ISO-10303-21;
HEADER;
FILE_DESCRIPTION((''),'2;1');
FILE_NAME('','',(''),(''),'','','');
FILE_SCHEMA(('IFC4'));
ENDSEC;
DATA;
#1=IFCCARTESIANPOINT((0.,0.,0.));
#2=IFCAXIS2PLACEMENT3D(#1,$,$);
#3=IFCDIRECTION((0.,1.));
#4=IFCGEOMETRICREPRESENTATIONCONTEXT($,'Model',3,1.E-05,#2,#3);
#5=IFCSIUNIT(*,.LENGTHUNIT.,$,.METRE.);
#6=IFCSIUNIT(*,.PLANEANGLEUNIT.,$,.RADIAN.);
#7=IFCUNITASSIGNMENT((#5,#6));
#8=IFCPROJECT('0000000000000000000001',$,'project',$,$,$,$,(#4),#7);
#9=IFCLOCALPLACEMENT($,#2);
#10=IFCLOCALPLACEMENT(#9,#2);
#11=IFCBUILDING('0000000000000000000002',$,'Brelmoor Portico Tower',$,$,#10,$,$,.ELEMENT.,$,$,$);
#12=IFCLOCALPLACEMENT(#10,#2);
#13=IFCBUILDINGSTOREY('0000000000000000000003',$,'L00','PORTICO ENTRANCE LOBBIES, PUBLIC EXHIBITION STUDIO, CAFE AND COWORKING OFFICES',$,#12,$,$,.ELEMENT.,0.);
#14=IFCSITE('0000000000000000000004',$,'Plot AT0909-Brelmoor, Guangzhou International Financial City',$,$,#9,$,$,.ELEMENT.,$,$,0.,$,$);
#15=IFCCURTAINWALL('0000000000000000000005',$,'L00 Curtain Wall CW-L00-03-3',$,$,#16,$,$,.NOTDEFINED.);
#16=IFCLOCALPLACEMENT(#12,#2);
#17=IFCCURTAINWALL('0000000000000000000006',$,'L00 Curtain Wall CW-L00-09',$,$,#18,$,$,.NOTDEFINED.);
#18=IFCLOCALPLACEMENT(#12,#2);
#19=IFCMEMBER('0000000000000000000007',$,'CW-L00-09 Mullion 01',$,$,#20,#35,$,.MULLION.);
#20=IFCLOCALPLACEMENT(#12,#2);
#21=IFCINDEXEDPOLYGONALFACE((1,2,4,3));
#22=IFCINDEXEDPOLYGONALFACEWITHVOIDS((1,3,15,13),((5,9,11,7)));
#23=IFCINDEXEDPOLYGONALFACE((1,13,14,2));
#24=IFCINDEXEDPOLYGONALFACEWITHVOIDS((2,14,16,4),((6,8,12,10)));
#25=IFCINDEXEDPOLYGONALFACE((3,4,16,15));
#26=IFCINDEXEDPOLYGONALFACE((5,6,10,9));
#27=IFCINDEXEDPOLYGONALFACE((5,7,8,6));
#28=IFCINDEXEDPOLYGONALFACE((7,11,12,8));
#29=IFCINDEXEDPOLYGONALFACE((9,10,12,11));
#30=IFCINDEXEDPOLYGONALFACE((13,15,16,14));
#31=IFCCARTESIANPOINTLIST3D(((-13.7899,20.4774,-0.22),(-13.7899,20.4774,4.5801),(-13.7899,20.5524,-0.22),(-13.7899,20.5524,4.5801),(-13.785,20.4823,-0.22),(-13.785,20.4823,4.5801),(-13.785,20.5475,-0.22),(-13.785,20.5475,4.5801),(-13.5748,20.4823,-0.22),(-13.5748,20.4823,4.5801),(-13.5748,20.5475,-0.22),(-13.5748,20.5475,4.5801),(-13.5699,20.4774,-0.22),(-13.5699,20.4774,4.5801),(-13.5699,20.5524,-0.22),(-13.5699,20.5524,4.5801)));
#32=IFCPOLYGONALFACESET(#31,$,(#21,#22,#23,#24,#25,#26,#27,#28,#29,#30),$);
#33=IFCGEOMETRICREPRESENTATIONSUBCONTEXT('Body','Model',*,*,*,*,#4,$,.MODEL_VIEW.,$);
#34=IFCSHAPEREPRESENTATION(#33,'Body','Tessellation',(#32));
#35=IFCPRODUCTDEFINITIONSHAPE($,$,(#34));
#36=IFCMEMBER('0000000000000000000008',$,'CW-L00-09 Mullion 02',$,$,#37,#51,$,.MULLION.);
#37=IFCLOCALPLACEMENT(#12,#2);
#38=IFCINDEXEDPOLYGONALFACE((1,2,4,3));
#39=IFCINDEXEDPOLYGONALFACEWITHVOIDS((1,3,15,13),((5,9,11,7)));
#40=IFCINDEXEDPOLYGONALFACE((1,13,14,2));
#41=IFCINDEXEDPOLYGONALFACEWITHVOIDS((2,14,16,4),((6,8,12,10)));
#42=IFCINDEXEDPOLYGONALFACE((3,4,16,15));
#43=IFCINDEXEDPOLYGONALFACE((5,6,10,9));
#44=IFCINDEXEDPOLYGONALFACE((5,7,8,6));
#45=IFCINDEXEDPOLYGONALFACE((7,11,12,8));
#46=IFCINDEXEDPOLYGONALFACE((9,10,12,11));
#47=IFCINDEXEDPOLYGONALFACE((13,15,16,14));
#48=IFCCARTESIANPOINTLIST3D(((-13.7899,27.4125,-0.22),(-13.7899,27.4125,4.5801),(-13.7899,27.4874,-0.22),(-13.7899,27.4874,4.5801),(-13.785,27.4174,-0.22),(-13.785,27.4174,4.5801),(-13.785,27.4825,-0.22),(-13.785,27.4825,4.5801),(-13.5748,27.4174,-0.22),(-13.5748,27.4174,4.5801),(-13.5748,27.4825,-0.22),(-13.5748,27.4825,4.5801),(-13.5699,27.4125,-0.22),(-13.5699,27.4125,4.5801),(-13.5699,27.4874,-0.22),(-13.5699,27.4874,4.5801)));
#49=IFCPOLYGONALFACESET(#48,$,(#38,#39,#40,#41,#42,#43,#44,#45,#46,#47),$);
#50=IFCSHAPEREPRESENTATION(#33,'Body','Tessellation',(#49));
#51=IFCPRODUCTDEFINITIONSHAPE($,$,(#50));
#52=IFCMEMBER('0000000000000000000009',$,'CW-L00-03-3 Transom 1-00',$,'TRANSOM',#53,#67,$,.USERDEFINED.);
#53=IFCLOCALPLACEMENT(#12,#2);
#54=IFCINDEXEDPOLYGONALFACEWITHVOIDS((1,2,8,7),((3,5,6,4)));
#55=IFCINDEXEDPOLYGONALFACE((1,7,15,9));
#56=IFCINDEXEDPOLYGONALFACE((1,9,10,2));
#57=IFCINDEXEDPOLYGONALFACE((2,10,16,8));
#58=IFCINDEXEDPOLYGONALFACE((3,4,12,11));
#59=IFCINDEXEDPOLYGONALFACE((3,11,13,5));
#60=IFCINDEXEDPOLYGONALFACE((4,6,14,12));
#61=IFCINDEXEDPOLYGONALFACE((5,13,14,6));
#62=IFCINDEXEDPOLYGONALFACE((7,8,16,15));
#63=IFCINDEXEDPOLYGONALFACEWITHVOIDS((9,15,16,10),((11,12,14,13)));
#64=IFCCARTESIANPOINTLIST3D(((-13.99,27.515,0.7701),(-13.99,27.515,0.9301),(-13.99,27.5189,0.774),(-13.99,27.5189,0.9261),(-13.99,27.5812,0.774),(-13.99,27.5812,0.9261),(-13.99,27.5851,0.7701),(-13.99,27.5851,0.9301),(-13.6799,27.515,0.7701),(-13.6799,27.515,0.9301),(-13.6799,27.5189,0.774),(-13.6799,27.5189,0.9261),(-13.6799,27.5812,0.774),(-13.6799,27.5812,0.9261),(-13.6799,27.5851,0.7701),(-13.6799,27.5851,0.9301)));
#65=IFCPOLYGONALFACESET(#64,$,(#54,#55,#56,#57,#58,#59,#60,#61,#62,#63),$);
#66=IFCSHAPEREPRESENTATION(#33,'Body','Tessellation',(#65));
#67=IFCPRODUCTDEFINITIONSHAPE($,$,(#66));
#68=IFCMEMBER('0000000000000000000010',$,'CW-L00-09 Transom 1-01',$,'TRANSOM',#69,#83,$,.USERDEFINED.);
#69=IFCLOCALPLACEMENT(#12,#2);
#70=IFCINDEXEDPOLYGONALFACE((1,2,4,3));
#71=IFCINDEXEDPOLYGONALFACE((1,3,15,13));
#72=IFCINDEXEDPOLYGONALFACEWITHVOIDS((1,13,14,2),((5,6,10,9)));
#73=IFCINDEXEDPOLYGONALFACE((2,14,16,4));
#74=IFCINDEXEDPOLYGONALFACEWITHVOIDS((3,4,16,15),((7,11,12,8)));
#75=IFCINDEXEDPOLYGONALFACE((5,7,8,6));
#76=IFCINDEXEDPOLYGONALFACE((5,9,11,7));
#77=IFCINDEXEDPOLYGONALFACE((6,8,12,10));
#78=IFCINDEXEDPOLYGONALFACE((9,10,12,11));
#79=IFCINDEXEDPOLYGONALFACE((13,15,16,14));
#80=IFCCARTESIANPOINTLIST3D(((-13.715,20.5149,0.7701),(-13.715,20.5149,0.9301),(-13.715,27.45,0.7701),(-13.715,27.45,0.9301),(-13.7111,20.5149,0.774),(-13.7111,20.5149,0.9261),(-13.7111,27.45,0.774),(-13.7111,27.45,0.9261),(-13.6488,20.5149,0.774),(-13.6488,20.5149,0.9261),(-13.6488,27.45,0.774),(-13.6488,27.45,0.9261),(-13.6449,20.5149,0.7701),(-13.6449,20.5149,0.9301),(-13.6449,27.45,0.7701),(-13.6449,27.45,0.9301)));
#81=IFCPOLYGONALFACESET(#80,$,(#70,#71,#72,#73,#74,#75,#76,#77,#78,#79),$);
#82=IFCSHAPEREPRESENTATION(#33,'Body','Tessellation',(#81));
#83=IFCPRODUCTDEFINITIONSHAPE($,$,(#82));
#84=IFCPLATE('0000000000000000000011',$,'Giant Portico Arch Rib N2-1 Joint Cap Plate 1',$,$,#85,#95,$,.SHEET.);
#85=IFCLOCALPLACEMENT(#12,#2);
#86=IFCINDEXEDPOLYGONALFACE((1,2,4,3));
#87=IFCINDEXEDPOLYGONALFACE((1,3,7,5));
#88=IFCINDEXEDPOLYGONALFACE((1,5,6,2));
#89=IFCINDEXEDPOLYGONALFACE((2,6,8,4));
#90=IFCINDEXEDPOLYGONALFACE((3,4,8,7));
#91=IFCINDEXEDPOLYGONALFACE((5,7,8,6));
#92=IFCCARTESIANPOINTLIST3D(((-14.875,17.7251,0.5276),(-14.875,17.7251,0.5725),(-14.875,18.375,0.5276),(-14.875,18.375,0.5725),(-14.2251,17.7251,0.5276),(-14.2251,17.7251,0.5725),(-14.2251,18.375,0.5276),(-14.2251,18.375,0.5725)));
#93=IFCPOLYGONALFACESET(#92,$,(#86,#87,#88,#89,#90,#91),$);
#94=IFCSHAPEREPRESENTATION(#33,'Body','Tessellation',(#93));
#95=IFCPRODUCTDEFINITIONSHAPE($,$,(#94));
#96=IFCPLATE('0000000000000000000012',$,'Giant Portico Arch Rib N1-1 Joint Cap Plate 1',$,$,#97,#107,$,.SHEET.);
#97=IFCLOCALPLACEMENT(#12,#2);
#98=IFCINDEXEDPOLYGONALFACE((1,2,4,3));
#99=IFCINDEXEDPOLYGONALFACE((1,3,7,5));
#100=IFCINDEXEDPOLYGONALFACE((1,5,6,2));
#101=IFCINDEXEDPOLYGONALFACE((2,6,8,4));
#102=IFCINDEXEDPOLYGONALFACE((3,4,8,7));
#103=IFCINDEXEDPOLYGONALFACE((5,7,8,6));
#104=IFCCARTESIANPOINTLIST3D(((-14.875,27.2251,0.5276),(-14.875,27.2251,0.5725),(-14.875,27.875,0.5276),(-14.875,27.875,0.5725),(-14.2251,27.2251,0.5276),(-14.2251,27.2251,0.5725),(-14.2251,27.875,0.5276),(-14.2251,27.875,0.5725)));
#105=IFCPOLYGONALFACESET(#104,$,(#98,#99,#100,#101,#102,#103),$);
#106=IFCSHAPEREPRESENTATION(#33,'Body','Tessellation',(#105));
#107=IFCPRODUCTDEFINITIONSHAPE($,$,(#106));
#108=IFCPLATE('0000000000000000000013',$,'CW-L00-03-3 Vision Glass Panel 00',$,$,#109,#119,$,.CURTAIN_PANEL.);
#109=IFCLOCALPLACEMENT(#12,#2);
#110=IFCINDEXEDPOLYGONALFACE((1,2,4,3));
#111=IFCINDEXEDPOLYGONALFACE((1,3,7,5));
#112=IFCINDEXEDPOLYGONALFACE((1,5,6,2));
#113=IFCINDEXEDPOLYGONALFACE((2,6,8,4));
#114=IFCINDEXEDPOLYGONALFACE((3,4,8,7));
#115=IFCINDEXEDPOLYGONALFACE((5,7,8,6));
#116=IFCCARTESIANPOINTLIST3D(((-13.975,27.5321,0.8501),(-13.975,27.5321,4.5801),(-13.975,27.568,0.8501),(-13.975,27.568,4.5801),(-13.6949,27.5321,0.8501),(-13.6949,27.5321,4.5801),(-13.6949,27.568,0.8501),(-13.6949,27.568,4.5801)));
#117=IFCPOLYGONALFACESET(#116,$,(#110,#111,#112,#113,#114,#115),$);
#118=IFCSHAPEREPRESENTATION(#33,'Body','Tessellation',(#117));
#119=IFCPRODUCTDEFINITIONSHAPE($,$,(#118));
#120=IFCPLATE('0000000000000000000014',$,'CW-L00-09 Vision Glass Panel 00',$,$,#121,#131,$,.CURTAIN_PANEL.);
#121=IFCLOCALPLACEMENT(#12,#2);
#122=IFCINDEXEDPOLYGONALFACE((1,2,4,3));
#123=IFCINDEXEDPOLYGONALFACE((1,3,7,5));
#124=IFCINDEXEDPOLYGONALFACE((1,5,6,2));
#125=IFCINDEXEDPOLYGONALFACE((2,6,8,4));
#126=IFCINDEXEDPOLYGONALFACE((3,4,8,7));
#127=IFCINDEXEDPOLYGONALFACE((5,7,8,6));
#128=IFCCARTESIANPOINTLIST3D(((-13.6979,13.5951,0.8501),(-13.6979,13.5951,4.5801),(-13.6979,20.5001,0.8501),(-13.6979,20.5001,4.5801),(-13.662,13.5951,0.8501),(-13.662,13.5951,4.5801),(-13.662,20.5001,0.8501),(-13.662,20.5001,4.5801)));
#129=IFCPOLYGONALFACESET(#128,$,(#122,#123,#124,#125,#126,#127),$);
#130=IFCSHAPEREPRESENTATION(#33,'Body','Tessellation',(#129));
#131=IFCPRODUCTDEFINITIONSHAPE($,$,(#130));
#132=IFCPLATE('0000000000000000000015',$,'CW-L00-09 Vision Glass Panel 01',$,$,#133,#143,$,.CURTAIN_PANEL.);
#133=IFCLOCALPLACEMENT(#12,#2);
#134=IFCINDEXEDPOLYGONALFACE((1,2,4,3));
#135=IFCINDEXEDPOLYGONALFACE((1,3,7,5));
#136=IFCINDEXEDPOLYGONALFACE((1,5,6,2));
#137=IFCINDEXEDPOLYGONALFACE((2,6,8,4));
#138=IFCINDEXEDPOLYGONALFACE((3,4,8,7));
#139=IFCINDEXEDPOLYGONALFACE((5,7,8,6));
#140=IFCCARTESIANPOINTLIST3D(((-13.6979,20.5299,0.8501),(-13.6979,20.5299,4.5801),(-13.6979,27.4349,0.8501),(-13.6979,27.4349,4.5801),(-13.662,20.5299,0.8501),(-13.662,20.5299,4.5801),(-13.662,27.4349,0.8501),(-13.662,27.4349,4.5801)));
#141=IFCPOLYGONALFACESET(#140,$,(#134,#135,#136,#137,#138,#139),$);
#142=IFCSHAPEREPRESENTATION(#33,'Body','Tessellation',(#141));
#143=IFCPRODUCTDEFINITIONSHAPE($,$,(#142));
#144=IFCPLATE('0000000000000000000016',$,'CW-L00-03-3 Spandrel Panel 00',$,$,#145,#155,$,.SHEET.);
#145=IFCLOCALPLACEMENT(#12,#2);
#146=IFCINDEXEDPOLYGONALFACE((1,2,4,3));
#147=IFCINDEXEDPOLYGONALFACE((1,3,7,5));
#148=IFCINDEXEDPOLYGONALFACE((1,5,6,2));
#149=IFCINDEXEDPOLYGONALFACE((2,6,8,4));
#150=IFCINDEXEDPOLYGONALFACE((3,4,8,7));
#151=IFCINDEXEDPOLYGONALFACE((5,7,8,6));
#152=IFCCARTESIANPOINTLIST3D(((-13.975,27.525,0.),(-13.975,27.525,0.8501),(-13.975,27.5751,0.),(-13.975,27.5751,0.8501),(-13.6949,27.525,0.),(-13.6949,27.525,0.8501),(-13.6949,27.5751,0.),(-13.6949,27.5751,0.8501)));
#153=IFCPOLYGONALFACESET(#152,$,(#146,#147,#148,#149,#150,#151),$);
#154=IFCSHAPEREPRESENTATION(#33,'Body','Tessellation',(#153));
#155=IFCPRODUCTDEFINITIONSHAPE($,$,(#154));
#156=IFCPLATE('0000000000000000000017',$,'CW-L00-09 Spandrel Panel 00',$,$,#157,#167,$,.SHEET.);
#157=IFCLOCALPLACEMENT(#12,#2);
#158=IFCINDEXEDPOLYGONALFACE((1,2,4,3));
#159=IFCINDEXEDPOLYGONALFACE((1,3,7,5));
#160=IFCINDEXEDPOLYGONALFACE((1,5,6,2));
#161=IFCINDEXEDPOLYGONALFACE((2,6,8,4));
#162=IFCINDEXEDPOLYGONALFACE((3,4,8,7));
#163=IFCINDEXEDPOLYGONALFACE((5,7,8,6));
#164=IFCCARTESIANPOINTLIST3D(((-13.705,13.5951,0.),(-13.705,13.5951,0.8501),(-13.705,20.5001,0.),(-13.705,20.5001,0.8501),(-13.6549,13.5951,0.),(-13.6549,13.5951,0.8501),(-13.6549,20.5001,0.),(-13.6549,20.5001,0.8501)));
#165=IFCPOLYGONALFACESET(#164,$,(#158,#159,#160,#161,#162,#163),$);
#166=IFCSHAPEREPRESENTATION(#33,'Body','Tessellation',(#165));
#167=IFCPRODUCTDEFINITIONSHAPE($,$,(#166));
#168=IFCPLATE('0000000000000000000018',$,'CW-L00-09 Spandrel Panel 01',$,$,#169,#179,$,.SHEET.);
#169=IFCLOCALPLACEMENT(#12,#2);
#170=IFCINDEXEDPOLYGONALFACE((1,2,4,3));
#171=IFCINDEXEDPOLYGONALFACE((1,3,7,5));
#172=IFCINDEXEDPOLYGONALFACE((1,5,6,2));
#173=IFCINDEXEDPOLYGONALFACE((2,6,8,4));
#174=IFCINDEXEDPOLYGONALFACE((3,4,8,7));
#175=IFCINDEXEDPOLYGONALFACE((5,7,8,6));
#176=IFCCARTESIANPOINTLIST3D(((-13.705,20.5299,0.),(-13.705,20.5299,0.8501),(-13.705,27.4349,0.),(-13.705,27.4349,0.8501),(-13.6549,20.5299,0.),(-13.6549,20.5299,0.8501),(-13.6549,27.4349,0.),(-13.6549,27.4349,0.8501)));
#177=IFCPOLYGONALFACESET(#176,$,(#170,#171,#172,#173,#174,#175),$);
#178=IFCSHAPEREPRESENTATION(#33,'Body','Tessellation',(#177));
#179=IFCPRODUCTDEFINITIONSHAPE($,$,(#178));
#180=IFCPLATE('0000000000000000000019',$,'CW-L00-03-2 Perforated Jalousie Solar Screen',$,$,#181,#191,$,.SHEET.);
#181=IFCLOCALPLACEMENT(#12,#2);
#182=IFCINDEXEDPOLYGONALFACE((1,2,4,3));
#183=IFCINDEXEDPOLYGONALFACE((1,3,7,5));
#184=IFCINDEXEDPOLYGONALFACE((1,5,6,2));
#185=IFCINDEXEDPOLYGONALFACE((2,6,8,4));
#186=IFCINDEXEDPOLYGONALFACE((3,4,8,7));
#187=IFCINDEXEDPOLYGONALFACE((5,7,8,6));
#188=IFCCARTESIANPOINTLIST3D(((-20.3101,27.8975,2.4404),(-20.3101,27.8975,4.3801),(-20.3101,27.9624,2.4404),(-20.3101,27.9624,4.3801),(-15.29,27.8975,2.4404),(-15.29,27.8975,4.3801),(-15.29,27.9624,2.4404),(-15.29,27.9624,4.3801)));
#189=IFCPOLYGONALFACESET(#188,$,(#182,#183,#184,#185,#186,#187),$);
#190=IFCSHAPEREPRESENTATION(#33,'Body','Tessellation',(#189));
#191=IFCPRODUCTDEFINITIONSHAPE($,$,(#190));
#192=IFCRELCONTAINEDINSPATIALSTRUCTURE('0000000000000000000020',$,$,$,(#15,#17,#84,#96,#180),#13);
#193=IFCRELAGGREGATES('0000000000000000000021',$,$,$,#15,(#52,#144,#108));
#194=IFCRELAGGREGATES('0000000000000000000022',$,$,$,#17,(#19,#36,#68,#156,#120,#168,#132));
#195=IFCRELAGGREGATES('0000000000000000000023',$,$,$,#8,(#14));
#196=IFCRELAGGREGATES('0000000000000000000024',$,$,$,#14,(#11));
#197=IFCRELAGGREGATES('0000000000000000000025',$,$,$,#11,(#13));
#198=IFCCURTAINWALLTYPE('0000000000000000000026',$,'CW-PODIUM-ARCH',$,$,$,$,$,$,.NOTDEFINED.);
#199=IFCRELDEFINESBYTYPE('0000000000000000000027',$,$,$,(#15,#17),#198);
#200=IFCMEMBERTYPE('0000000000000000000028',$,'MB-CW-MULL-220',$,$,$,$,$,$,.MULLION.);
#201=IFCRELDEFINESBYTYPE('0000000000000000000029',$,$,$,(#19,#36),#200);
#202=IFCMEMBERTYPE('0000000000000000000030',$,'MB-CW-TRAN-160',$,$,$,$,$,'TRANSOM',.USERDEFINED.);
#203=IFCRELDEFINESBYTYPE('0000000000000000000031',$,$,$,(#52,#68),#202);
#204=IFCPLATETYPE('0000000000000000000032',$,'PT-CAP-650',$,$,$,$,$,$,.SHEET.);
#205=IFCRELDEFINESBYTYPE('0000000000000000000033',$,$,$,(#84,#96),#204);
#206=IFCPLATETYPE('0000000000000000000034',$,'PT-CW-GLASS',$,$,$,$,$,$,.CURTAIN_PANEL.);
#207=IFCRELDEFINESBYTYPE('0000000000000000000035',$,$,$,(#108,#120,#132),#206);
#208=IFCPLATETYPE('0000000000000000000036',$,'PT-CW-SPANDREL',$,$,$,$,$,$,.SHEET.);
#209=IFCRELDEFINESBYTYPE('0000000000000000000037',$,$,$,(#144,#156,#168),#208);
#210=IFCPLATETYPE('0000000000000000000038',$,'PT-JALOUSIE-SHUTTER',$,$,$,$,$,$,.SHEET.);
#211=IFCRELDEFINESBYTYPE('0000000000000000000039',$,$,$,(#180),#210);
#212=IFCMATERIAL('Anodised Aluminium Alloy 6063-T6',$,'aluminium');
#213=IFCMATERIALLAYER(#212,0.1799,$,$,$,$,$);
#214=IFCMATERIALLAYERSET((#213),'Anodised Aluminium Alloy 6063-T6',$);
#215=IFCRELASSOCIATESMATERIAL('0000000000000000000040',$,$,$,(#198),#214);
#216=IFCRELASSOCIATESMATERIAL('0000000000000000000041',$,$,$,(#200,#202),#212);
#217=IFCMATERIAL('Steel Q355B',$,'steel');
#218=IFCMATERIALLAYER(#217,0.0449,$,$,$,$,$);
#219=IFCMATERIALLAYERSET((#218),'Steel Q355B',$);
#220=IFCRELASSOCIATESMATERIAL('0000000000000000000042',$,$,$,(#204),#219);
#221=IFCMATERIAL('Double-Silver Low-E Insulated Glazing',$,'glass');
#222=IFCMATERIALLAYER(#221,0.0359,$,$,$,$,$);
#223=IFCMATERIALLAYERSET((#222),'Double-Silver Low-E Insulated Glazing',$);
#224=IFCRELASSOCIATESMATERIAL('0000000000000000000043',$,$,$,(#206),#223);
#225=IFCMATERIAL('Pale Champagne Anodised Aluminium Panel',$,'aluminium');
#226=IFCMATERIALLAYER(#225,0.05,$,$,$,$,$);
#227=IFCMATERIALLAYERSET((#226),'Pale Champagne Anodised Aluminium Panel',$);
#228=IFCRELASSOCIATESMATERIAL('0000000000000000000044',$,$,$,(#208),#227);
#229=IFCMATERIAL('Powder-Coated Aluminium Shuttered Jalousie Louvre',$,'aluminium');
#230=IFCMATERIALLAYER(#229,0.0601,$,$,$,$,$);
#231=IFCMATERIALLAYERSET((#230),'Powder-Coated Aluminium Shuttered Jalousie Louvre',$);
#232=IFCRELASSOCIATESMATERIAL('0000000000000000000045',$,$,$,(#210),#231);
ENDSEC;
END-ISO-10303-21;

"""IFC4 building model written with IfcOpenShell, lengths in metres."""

from ifc_helpers import new_model, si_unit, direction, frame, origin, origin_2d, place, context, subcontext, project, spatial, rectangle, hollow_rectangle, extrude, material, layer, layer_set, material_profile, profile_set, type_object, element, aggregate, save


model = new_model("IFC4")

# Units and contexts
model_context = context("Model", 3, precision=1e-05, world=origin(), true_north=direction((0.0, 1.0)))
body_context = subcontext(model_context, "Body", "Model", "MODEL_VIEW")
ifc_project = project(units=[si_unit("LENGTHUNIT", "METRE"), si_unit("PLANEANGLEUNIT", "RADIAN")], contexts=[model_context])

# Site, building, storey
site_placement = place(None, origin())
site = spatial("IfcSite", under=ifc_project, at=site_placement, Name="Plot AT0909-Brelmoor, Guangzhou International Financial City", CompositionType="ELEMENT", RefElevation=0.0)
building_placement = place(site_placement, origin())
building = spatial("IfcBuilding", under=site, at=building_placement, Name="Brelmoor Portico Tower", CompositionType="ELEMENT")
storey_placement = place(building_placement, origin())
storey = spatial("IfcBuildingStorey", under=building, at=storey_placement, Name="L00", Description="PORTICO ENTRANCE LOBBIES, PUBLIC EXHIBITION STUDIO, CAFE AND COWORKING OFFICES", CompositionType="ELEMENT", Elevation=0.0)

# Shared definitions
ifc_material_1 = material(Name="Steel Q355B", Category="steel")

# Shared definitions
ifc_material_2 = material(Name="Anodised Aluminium Alloy 6063-T6", Category="aluminium")
ifc_layer_1 = layer(ifc_material_2, 0.1799)
ifc_layer_set_1 = layer_set([ifc_layer_1], Name="Anodised Aluminium Alloy 6063-T6")
curtain_wall_type = type_object("IfcCurtainWallType", Name="CW-PODIUM-ARCH", PredefinedType="NOTDEFINED", material=ifc_layer_set_1)
ifc_material_profile_1 = material_profile(ifc_material_2, hollow_rectangle(XDim=0.075, YDim=0.22, WallThickness=0.0049, at=origin_2d()), Name="ALU MULLION 75x220")
ifc_profile_set_1 = profile_set([ifc_material_profile_1], Name="Anodised Aluminium Alloy 6063-T6")
member_type_1 = type_object("IfcMemberType", Name="MB-CW-MULL-220", PredefinedType="MULLION", material=ifc_profile_set_1)

# Curtain walls, members
curtain_wall_1_placement = place(storey_placement, origin())
curtain_wall_1 = element("IfcCurtainWall", 1, at=curtain_wall_1_placement, inside=storey, type_object=curtain_wall_type, Name="L00 Curtain Wall CW-L00-03-3", PredefinedType="NOTDEFINED")
curtain_wall_2_placement = place(storey_placement, origin())
curtain_wall_2 = element("IfcCurtainWall", 2, at=curtain_wall_2_placement, inside=storey, type_object=curtain_wall_type, Name="L00 Curtain Wall CW-L00-09", PredefinedType="NOTDEFINED")
member_1_placement = place(storey_placement, frame((-13.6799, 20.5149, -0.22), z_axis=(0.0, 0.0, 1.0), x_axis=(0.0, 1.0, 0.0)))
member_1 = element("IfcMember", 3, at=member_1_placement, type_object=member_type_1, Name="CW-L00-09 Mullion 01", PredefinedType="MULLION", context=body_context, shape_type="SweptSolid", body=[
    extrude(hollow_rectangle(XDim=0.075, YDim=0.22, WallThickness=0.0049, at=origin_2d()), origin(), (0.0, 0.0, 1.0), 4.8),
])
member_2_placement = place(storey_placement, frame((-13.6799, 27.45, -0.22), z_axis=(0.0, 0.0, 1.0), x_axis=(0.0, 1.0, 0.0)))
member_2 = element("IfcMember", 4, at=member_2_placement, type_object=member_type_1, Name="CW-L00-09 Mullion 02", PredefinedType="MULLION", context=body_context, shape_type="SweptSolid", body=[
    extrude(hollow_rectangle(XDim=0.075, YDim=0.22, WallThickness=0.0049, at=origin_2d()), origin(), (0.0, 0.0, 1.0), 4.8),
])

# Members
ifc_material_profile_2 = material_profile(ifc_material_2, hollow_rectangle(XDim=0.0701, YDim=0.1599, WallThickness=0.0039, at=origin_2d()), Name="ALU TRANSOM 70x160")
ifc_profile_set_2 = profile_set([ifc_material_profile_2], Name="Anodised Aluminium Alloy 6063-T6")
member_type_2 = type_object("IfcMemberType", Name="MB-CW-TRAN-160", ElementType="TRANSOM", PredefinedType="USERDEFINED", material=ifc_profile_set_2)
member_3_placement = place(storey_placement, frame((-13.99, 27.55, 0.8501), z_axis=(1.0, 0.0, 0.0), x_axis=(0.0, 1.0, 0.0)))
member_3 = element("IfcMember", 5, at=member_3_placement, type_object=member_type_2, Name="CW-L00-03-3 Transom 1-00", ObjectType="TRANSOM", PredefinedType="USERDEFINED", context=body_context, shape_type="SweptSolid", body=[
    extrude(hollow_rectangle(XDim=0.0701, YDim=0.1599, WallThickness=0.0039, at=origin_2d()), origin(), (0.0, 0.0, 1.0), 0.3101),
])
member_4_placement = place(storey_placement, frame((-13.6799, 20.5149, 0.8501), z_axis=(0.0, 1.0, 0.0), x_axis=(-1.0, 0.0, 0.0)))
member_4 = element("IfcMember", 6, at=member_4_placement, type_object=member_type_2, Name="CW-L00-09 Transom 1-01", ObjectType="TRANSOM", PredefinedType="USERDEFINED", context=body_context, shape_type="SweptSolid", body=[
    extrude(hollow_rectangle(XDim=0.0701, YDim=0.1599, WallThickness=0.0039, at=origin_2d()), origin(), (0.0, 0.0, 1.0), 6.9351),
])

# Plates
ifc_layer_2 = layer(ifc_material_1, 0.0449)
ifc_layer_set_2 = layer_set([ifc_layer_2], Name="Steel Q355B")
plate_type_1 = type_object("IfcPlateType", Name="PT-CAP-650", PredefinedType="SHEET", material=ifc_layer_set_2)
for number, where, z_axis, x_axis, name in (
    (7, (-14.55, 18.05, 0.5276), (0.0, 0.0, 1.0), (1.0, 0.0, 0.0), "Giant Portico Arch Rib N2-1 Joint Cap Plate 1"),
    (8, (-14.55, 27.55, 0.5276), (0.0, 0.0, 1.0), (1.0, 0.0, 0.0), "Giant Portico Arch Rib N1-1 Joint Cap Plate 1"),
):
    element("IfcPlate", number, at=place(storey_placement, frame(where, z_axis=z_axis, x_axis=x_axis)), inside=storey, type_object=plate_type_1, Name=name, PredefinedType="SHEET", context=body_context, shape_type="SweptSolid", body=[
        extrude(rectangle(XDim=0.6499, YDim=0.6499, at=origin_2d()), origin(), (0.0, 0.0, 1.0), 0.0449),
    ])

# Plates
ifc_material_3 = material(Name="Double-Silver Low-E Insulated Glazing", Category="glass")
ifc_layer_3 = layer(ifc_material_3, 0.0359)
ifc_layer_set_3 = layer_set([ifc_layer_3], Name="Double-Silver Low-E Insulated Glazing")
plate_type_2 = type_object("IfcPlateType", Name="PT-CW-GLASS", PredefinedType="CURTAIN_PANEL", material=ifc_layer_set_3)
plate_1_placement = place(storey_placement, frame((-13.835, 27.55, 0.8501), z_axis=(0.0, 0.0, 1.0), x_axis=(1.0, 0.0, 0.0)))
plate_1 = element("IfcPlate", 9, at=plate_1_placement, type_object=plate_type_2, Name="CW-L00-03-3 Vision Glass Panel 00", PredefinedType="CURTAIN_PANEL", context=body_context, shape_type="SweptSolid", body=[
    extrude(rectangle(XDim=0.28, YDim=0.0359, at=origin_2d()), origin(), (0.0, 0.0, 1.0), 3.73),
])
plate_2_placement = place(storey_placement, frame((-13.6799, 17.0476, 0.8501), z_axis=(0.0, 0.0, 1.0), x_axis=(0.0, 1.0, 0.0)))
plate_2 = element("IfcPlate", 10, at=plate_2_placement, type_object=plate_type_2, Name="CW-L00-09 Vision Glass Panel 00", PredefinedType="CURTAIN_PANEL", context=body_context, shape_type="SweptSolid", body=[
    extrude(rectangle(XDim=6.905, YDim=0.0359, at=origin_2d()), origin(), (0.0, 0.0, 1.0), 3.73),
])
plate_3_placement = place(storey_placement, frame((-13.6799, 23.9824, 0.8501), z_axis=(0.0, 0.0, 1.0), x_axis=(0.0, 1.0, 0.0)))
plate_3 = element("IfcPlate", 11, at=plate_3_placement, type_object=plate_type_2, Name="CW-L00-09 Vision Glass Panel 01", PredefinedType="CURTAIN_PANEL", context=body_context, shape_type="SweptSolid", body=[
    extrude(rectangle(XDim=6.905, YDim=0.0359, at=origin_2d()), origin(), (0.0, 0.0, 1.0), 3.73),
])
ifc_material_4 = material(Name="Pale Champagne Anodised Aluminium Panel", Category="aluminium")
ifc_layer_4 = layer(ifc_material_4, 0.05)
ifc_layer_set_4 = layer_set([ifc_layer_4], Name="Pale Champagne Anodised Aluminium Panel")
plate_type_3 = type_object("IfcPlateType", Name="PT-CW-SPANDREL", PredefinedType="SHEET", material=ifc_layer_set_4)
plate_4_placement = place(storey_placement, frame((-13.835, 27.55, 0.0), z_axis=(0.0, 0.0, 1.0), x_axis=(1.0, 0.0, 0.0)))
plate_4 = element("IfcPlate", 12, at=plate_4_placement, type_object=plate_type_3, Name="CW-L00-03-3 Spandrel Panel 00", PredefinedType="SHEET", context=body_context, shape_type="SweptSolid", body=[
    extrude(rectangle(XDim=0.28, YDim=0.05, at=origin_2d()), origin(), (0.0, 0.0, 1.0), 0.8501),
])
aggregate(curtain_wall_1, [member_3, plate_4, plate_1])
plate_5_placement = place(storey_placement, frame((-13.6799, 17.0476, 0.0), z_axis=(0.0, 0.0, 1.0), x_axis=(0.0, 1.0, 0.0)))
plate_5 = element("IfcPlate", 13, at=plate_5_placement, type_object=plate_type_3, Name="CW-L00-09 Spandrel Panel 00", PredefinedType="SHEET", context=body_context, shape_type="SweptSolid", body=[
    extrude(rectangle(XDim=6.905, YDim=0.05, at=origin_2d()), origin(), (0.0, 0.0, 1.0), 0.8501),
])
plate_6_placement = place(storey_placement, frame((-13.6799, 23.9824, 0.0), z_axis=(0.0, 0.0, 1.0), x_axis=(0.0, 1.0, 0.0)))
plate_6 = element("IfcPlate", 14, at=plate_6_placement, type_object=plate_type_3, Name="CW-L00-09 Spandrel Panel 01", PredefinedType="SHEET", context=body_context, shape_type="SweptSolid", body=[
    extrude(rectangle(XDim=6.905, YDim=0.05, at=origin_2d()), origin(), (0.0, 0.0, 1.0), 0.8501),
])
aggregate(curtain_wall_2, [member_1, member_2, member_4, plate_5, plate_2, plate_6, plate_3])

# Plate
ifc_material_5 = material(Name="Powder-Coated Aluminium Shuttered Jalousie Louvre", Category="aluminium")
ifc_layer_5 = layer(ifc_material_5, 0.0601)
ifc_layer_set_5 = layer_set([ifc_layer_5], Name="Powder-Coated Aluminium Shuttered Jalousie Louvre")
plate_type_4 = type_object("IfcPlateType", Name="PT-JALOUSIE-SHUTTER", PredefinedType="SHEET", material=ifc_layer_set_5)
plate_7_placement = place(storey_placement, frame((-17.8, 27.9299, 2.4404), z_axis=(0.0, 0.0, 1.0), x_axis=(1.0, 0.0, 0.0)))
element("IfcPlate", 15, at=plate_7_placement, inside=storey, type_object=plate_type_4, Name="CW-L00-03-2 Perforated Jalousie Solar Screen", PredefinedType="SHEET", context=body_context, shape_type="SweptSolid", body=[
    extrude(rectangle(XDim=5.02, YDim=0.0649, at=origin_2d()), origin(), (0.0, 0.0, 1.0), 1.9397),
])

save(model, "model.ifc")
